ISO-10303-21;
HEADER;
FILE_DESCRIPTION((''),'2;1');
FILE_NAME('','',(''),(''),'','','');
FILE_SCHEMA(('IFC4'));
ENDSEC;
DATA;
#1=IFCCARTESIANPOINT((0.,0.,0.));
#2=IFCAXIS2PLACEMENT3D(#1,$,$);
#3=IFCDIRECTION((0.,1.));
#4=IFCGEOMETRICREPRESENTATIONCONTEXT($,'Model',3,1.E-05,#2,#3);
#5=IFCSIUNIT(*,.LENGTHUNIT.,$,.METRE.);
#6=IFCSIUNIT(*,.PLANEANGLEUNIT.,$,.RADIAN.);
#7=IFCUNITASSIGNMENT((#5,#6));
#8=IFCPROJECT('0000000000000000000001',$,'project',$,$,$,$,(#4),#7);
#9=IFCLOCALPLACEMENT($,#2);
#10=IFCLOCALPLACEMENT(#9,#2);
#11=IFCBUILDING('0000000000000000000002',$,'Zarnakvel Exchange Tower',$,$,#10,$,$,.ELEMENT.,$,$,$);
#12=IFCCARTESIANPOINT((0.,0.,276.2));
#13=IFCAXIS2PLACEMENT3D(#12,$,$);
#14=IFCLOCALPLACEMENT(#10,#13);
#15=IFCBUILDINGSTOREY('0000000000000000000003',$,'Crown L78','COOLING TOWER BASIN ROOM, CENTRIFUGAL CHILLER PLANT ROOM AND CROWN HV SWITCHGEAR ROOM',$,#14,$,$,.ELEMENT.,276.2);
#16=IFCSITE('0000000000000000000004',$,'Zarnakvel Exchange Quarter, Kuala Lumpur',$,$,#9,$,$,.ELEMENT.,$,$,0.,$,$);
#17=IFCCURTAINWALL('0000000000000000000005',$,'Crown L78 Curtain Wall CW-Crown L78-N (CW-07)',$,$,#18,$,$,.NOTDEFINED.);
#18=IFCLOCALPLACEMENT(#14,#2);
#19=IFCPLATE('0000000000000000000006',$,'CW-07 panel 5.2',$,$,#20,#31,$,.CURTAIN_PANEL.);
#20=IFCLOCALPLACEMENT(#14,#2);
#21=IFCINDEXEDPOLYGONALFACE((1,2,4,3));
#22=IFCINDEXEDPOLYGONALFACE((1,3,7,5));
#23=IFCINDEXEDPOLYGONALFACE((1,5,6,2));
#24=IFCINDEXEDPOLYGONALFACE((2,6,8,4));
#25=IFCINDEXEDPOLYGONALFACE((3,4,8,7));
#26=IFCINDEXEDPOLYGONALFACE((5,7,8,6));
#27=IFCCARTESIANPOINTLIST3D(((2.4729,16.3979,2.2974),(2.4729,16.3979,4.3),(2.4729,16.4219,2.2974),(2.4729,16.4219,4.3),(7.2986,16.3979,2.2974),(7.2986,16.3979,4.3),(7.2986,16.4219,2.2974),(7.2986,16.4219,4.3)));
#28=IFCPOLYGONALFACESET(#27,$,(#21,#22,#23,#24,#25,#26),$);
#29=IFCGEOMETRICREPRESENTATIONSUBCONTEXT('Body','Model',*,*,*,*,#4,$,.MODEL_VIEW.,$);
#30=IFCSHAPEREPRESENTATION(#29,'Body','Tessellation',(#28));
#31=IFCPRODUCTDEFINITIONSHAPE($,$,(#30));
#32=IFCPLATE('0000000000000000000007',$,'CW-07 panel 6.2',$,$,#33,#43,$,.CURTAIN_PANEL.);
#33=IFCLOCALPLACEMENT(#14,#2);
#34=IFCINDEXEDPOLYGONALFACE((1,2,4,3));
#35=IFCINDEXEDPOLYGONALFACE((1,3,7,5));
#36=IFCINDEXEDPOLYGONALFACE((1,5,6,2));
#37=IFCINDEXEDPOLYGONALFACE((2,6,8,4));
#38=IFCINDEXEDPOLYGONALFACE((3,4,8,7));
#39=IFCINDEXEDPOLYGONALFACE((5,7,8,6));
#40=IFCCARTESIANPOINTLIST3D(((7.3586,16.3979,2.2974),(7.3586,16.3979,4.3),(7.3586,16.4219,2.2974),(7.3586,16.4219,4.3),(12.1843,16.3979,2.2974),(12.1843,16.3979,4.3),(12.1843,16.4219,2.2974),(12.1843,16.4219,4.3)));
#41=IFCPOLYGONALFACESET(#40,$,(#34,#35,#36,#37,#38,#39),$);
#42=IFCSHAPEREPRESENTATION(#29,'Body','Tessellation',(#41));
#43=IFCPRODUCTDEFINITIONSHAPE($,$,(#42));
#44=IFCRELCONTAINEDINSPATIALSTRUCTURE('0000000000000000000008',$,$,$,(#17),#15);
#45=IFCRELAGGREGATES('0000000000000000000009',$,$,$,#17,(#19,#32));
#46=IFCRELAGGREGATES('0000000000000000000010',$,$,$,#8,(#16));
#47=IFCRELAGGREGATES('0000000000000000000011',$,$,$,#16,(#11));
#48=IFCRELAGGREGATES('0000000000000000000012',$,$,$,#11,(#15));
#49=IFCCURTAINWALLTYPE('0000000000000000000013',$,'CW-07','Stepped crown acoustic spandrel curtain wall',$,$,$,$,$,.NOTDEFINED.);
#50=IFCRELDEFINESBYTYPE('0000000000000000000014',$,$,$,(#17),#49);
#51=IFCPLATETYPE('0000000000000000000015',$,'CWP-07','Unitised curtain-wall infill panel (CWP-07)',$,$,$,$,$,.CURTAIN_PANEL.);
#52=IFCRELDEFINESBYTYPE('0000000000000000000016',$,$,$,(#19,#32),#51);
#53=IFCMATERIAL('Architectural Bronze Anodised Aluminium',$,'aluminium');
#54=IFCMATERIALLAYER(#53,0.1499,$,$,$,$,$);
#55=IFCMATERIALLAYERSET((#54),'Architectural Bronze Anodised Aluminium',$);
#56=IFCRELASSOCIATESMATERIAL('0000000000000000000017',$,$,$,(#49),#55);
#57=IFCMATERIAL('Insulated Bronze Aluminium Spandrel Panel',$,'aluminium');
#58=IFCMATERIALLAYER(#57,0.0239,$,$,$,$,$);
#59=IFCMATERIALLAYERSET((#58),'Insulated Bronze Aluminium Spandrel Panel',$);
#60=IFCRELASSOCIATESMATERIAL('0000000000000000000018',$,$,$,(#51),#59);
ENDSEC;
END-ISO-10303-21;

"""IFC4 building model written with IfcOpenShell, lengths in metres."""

from ifc_helpers import new_model, si_unit, direction, frame, origin, origin_2d, place, context, subcontext, project, spatial, rectangle, extrude, source, transform, mapped, material, layer, layer_set, type_object, element, aggregate, save


model = new_model("IFC4")

# Units and contexts
model_context = context("Model", 3, precision=1e-05, world=origin(), true_north=direction((0.0, 1.0)))
body_context = subcontext(model_context, "Body", "Model", "MODEL_VIEW")
ifc_project = project(units=[si_unit("LENGTHUNIT", "METRE"), si_unit("PLANEANGLEUNIT", "RADIAN")], contexts=[model_context])

# Site, building, storey
site_placement = place(None, origin())
site = spatial("IfcSite", under=ifc_project, at=site_placement, Name="Zarnakvel Exchange Quarter, Kuala Lumpur", CompositionType="ELEMENT", RefElevation=0.0)
building_placement = place(site_placement, origin())
building = spatial("IfcBuilding", under=site, at=building_placement, Name="Zarnakvel Exchange Tower", CompositionType="ELEMENT")
storey_placement = place(building_placement, frame((0.0, 0.0, 276.2)))
storey = spatial("IfcBuildingStorey", under=building, at=storey_placement, Name="Crown L78", Description="COOLING TOWER BASIN ROOM, CENTRIFUGAL CHILLER PLANT ROOM AND CROWN HV SWITCHGEAR ROOM", CompositionType="ELEMENT", Elevation=276.2)

# Curtain wall
ifc_material_1 = material(Name="Architectural Bronze Anodised Aluminium", Category="aluminium")
ifc_layer_1 = layer(ifc_material_1, 0.1499)
ifc_layer_set_1 = layer_set([ifc_layer_1], Name="Architectural Bronze Anodised Aluminium")
curtain_wall_type = type_object("IfcCurtainWallType", Name="CW-07", Description="Stepped crown acoustic spandrel curtain wall", PredefinedType="NOTDEFINED", material=ifc_layer_set_1)
curtain_wall_placement = place(storey_placement, origin())
curtain_wall = element("IfcCurtainWall", 1, at=curtain_wall_placement, inside=storey, type_object=curtain_wall_type, Name="Crown L78 Curtain Wall CW-Crown L78-N (CW-07)", PredefinedType="NOTDEFINED")

# Plates
ifc_material_2 = material(Name="Insulated Bronze Aluminium Spandrel Panel", Category="aluminium")
ifc_layer_2 = layer(ifc_material_2, 0.0239)
ifc_layer_set_2 = layer_set([ifc_layer_2], Name="Insulated Bronze Aluminium Spandrel Panel")
plate_type_1 = type_object("IfcPlateType", Name="CWP-07", Description="Unitised curtain-wall infill panel (CWP-07)", PredefinedType="CURTAIN_PANEL", material=ifc_layer_set_2)
shared_shape_1 = source(origin(), body_context, "Body", "SweptSolid", [
    extrude(rectangle(XDim=4.8257, YDim=0.0239, at=origin_2d()), origin(), (0.0, 0.0, 1.0), 2.0027),
])
plate_1_placement = place(storey_placement, frame((4.8857, 16.4099, 2.2974), z_axis=(0.0, 0.0, 1.0), x_axis=(1.0, 0.0, 0.0)))
plate_1 = element("IfcPlate", 2, at=plate_1_placement, type_object=plate_type_1, Name="CW-07 panel 5.2", PredefinedType="CURTAIN_PANEL", context=body_context, shape_type="MappedRepresentation", body=[
    mapped(shared_shape_1, transform((0.0, 0.0, 0.0), x_axis=(1.0, 0.0, 0.0), y_axis=(0.0, 1.0, 0.0), z_axis=(0.0, 0.0, 1.0), scale=1.0)),
])
plate_2_placement = place(storey_placement, frame((9.7715, 16.4099, 2.2974), z_axis=(0.0, 0.0, 1.0), x_axis=(1.0, 0.0, 0.0)))
plate_2 = element("IfcPlate", 3, at=plate_2_placement, type_object=plate_type_1, Name="CW-07 panel 6.2", PredefinedType="CURTAIN_PANEL", context=body_context, shape_type="MappedRepresentation", body=[
    mapped(shared_shape_1, transform((0.0, 0.0, 0.0), x_axis=(1.0, 0.0, 0.0), y_axis=(0.0, 1.0, 0.0), z_axis=(0.0, 0.0, 1.0), scale=1.0)),
])
aggregate(curtain_wall, [plate_1, plate_2])

save(model, "model.ifc")
